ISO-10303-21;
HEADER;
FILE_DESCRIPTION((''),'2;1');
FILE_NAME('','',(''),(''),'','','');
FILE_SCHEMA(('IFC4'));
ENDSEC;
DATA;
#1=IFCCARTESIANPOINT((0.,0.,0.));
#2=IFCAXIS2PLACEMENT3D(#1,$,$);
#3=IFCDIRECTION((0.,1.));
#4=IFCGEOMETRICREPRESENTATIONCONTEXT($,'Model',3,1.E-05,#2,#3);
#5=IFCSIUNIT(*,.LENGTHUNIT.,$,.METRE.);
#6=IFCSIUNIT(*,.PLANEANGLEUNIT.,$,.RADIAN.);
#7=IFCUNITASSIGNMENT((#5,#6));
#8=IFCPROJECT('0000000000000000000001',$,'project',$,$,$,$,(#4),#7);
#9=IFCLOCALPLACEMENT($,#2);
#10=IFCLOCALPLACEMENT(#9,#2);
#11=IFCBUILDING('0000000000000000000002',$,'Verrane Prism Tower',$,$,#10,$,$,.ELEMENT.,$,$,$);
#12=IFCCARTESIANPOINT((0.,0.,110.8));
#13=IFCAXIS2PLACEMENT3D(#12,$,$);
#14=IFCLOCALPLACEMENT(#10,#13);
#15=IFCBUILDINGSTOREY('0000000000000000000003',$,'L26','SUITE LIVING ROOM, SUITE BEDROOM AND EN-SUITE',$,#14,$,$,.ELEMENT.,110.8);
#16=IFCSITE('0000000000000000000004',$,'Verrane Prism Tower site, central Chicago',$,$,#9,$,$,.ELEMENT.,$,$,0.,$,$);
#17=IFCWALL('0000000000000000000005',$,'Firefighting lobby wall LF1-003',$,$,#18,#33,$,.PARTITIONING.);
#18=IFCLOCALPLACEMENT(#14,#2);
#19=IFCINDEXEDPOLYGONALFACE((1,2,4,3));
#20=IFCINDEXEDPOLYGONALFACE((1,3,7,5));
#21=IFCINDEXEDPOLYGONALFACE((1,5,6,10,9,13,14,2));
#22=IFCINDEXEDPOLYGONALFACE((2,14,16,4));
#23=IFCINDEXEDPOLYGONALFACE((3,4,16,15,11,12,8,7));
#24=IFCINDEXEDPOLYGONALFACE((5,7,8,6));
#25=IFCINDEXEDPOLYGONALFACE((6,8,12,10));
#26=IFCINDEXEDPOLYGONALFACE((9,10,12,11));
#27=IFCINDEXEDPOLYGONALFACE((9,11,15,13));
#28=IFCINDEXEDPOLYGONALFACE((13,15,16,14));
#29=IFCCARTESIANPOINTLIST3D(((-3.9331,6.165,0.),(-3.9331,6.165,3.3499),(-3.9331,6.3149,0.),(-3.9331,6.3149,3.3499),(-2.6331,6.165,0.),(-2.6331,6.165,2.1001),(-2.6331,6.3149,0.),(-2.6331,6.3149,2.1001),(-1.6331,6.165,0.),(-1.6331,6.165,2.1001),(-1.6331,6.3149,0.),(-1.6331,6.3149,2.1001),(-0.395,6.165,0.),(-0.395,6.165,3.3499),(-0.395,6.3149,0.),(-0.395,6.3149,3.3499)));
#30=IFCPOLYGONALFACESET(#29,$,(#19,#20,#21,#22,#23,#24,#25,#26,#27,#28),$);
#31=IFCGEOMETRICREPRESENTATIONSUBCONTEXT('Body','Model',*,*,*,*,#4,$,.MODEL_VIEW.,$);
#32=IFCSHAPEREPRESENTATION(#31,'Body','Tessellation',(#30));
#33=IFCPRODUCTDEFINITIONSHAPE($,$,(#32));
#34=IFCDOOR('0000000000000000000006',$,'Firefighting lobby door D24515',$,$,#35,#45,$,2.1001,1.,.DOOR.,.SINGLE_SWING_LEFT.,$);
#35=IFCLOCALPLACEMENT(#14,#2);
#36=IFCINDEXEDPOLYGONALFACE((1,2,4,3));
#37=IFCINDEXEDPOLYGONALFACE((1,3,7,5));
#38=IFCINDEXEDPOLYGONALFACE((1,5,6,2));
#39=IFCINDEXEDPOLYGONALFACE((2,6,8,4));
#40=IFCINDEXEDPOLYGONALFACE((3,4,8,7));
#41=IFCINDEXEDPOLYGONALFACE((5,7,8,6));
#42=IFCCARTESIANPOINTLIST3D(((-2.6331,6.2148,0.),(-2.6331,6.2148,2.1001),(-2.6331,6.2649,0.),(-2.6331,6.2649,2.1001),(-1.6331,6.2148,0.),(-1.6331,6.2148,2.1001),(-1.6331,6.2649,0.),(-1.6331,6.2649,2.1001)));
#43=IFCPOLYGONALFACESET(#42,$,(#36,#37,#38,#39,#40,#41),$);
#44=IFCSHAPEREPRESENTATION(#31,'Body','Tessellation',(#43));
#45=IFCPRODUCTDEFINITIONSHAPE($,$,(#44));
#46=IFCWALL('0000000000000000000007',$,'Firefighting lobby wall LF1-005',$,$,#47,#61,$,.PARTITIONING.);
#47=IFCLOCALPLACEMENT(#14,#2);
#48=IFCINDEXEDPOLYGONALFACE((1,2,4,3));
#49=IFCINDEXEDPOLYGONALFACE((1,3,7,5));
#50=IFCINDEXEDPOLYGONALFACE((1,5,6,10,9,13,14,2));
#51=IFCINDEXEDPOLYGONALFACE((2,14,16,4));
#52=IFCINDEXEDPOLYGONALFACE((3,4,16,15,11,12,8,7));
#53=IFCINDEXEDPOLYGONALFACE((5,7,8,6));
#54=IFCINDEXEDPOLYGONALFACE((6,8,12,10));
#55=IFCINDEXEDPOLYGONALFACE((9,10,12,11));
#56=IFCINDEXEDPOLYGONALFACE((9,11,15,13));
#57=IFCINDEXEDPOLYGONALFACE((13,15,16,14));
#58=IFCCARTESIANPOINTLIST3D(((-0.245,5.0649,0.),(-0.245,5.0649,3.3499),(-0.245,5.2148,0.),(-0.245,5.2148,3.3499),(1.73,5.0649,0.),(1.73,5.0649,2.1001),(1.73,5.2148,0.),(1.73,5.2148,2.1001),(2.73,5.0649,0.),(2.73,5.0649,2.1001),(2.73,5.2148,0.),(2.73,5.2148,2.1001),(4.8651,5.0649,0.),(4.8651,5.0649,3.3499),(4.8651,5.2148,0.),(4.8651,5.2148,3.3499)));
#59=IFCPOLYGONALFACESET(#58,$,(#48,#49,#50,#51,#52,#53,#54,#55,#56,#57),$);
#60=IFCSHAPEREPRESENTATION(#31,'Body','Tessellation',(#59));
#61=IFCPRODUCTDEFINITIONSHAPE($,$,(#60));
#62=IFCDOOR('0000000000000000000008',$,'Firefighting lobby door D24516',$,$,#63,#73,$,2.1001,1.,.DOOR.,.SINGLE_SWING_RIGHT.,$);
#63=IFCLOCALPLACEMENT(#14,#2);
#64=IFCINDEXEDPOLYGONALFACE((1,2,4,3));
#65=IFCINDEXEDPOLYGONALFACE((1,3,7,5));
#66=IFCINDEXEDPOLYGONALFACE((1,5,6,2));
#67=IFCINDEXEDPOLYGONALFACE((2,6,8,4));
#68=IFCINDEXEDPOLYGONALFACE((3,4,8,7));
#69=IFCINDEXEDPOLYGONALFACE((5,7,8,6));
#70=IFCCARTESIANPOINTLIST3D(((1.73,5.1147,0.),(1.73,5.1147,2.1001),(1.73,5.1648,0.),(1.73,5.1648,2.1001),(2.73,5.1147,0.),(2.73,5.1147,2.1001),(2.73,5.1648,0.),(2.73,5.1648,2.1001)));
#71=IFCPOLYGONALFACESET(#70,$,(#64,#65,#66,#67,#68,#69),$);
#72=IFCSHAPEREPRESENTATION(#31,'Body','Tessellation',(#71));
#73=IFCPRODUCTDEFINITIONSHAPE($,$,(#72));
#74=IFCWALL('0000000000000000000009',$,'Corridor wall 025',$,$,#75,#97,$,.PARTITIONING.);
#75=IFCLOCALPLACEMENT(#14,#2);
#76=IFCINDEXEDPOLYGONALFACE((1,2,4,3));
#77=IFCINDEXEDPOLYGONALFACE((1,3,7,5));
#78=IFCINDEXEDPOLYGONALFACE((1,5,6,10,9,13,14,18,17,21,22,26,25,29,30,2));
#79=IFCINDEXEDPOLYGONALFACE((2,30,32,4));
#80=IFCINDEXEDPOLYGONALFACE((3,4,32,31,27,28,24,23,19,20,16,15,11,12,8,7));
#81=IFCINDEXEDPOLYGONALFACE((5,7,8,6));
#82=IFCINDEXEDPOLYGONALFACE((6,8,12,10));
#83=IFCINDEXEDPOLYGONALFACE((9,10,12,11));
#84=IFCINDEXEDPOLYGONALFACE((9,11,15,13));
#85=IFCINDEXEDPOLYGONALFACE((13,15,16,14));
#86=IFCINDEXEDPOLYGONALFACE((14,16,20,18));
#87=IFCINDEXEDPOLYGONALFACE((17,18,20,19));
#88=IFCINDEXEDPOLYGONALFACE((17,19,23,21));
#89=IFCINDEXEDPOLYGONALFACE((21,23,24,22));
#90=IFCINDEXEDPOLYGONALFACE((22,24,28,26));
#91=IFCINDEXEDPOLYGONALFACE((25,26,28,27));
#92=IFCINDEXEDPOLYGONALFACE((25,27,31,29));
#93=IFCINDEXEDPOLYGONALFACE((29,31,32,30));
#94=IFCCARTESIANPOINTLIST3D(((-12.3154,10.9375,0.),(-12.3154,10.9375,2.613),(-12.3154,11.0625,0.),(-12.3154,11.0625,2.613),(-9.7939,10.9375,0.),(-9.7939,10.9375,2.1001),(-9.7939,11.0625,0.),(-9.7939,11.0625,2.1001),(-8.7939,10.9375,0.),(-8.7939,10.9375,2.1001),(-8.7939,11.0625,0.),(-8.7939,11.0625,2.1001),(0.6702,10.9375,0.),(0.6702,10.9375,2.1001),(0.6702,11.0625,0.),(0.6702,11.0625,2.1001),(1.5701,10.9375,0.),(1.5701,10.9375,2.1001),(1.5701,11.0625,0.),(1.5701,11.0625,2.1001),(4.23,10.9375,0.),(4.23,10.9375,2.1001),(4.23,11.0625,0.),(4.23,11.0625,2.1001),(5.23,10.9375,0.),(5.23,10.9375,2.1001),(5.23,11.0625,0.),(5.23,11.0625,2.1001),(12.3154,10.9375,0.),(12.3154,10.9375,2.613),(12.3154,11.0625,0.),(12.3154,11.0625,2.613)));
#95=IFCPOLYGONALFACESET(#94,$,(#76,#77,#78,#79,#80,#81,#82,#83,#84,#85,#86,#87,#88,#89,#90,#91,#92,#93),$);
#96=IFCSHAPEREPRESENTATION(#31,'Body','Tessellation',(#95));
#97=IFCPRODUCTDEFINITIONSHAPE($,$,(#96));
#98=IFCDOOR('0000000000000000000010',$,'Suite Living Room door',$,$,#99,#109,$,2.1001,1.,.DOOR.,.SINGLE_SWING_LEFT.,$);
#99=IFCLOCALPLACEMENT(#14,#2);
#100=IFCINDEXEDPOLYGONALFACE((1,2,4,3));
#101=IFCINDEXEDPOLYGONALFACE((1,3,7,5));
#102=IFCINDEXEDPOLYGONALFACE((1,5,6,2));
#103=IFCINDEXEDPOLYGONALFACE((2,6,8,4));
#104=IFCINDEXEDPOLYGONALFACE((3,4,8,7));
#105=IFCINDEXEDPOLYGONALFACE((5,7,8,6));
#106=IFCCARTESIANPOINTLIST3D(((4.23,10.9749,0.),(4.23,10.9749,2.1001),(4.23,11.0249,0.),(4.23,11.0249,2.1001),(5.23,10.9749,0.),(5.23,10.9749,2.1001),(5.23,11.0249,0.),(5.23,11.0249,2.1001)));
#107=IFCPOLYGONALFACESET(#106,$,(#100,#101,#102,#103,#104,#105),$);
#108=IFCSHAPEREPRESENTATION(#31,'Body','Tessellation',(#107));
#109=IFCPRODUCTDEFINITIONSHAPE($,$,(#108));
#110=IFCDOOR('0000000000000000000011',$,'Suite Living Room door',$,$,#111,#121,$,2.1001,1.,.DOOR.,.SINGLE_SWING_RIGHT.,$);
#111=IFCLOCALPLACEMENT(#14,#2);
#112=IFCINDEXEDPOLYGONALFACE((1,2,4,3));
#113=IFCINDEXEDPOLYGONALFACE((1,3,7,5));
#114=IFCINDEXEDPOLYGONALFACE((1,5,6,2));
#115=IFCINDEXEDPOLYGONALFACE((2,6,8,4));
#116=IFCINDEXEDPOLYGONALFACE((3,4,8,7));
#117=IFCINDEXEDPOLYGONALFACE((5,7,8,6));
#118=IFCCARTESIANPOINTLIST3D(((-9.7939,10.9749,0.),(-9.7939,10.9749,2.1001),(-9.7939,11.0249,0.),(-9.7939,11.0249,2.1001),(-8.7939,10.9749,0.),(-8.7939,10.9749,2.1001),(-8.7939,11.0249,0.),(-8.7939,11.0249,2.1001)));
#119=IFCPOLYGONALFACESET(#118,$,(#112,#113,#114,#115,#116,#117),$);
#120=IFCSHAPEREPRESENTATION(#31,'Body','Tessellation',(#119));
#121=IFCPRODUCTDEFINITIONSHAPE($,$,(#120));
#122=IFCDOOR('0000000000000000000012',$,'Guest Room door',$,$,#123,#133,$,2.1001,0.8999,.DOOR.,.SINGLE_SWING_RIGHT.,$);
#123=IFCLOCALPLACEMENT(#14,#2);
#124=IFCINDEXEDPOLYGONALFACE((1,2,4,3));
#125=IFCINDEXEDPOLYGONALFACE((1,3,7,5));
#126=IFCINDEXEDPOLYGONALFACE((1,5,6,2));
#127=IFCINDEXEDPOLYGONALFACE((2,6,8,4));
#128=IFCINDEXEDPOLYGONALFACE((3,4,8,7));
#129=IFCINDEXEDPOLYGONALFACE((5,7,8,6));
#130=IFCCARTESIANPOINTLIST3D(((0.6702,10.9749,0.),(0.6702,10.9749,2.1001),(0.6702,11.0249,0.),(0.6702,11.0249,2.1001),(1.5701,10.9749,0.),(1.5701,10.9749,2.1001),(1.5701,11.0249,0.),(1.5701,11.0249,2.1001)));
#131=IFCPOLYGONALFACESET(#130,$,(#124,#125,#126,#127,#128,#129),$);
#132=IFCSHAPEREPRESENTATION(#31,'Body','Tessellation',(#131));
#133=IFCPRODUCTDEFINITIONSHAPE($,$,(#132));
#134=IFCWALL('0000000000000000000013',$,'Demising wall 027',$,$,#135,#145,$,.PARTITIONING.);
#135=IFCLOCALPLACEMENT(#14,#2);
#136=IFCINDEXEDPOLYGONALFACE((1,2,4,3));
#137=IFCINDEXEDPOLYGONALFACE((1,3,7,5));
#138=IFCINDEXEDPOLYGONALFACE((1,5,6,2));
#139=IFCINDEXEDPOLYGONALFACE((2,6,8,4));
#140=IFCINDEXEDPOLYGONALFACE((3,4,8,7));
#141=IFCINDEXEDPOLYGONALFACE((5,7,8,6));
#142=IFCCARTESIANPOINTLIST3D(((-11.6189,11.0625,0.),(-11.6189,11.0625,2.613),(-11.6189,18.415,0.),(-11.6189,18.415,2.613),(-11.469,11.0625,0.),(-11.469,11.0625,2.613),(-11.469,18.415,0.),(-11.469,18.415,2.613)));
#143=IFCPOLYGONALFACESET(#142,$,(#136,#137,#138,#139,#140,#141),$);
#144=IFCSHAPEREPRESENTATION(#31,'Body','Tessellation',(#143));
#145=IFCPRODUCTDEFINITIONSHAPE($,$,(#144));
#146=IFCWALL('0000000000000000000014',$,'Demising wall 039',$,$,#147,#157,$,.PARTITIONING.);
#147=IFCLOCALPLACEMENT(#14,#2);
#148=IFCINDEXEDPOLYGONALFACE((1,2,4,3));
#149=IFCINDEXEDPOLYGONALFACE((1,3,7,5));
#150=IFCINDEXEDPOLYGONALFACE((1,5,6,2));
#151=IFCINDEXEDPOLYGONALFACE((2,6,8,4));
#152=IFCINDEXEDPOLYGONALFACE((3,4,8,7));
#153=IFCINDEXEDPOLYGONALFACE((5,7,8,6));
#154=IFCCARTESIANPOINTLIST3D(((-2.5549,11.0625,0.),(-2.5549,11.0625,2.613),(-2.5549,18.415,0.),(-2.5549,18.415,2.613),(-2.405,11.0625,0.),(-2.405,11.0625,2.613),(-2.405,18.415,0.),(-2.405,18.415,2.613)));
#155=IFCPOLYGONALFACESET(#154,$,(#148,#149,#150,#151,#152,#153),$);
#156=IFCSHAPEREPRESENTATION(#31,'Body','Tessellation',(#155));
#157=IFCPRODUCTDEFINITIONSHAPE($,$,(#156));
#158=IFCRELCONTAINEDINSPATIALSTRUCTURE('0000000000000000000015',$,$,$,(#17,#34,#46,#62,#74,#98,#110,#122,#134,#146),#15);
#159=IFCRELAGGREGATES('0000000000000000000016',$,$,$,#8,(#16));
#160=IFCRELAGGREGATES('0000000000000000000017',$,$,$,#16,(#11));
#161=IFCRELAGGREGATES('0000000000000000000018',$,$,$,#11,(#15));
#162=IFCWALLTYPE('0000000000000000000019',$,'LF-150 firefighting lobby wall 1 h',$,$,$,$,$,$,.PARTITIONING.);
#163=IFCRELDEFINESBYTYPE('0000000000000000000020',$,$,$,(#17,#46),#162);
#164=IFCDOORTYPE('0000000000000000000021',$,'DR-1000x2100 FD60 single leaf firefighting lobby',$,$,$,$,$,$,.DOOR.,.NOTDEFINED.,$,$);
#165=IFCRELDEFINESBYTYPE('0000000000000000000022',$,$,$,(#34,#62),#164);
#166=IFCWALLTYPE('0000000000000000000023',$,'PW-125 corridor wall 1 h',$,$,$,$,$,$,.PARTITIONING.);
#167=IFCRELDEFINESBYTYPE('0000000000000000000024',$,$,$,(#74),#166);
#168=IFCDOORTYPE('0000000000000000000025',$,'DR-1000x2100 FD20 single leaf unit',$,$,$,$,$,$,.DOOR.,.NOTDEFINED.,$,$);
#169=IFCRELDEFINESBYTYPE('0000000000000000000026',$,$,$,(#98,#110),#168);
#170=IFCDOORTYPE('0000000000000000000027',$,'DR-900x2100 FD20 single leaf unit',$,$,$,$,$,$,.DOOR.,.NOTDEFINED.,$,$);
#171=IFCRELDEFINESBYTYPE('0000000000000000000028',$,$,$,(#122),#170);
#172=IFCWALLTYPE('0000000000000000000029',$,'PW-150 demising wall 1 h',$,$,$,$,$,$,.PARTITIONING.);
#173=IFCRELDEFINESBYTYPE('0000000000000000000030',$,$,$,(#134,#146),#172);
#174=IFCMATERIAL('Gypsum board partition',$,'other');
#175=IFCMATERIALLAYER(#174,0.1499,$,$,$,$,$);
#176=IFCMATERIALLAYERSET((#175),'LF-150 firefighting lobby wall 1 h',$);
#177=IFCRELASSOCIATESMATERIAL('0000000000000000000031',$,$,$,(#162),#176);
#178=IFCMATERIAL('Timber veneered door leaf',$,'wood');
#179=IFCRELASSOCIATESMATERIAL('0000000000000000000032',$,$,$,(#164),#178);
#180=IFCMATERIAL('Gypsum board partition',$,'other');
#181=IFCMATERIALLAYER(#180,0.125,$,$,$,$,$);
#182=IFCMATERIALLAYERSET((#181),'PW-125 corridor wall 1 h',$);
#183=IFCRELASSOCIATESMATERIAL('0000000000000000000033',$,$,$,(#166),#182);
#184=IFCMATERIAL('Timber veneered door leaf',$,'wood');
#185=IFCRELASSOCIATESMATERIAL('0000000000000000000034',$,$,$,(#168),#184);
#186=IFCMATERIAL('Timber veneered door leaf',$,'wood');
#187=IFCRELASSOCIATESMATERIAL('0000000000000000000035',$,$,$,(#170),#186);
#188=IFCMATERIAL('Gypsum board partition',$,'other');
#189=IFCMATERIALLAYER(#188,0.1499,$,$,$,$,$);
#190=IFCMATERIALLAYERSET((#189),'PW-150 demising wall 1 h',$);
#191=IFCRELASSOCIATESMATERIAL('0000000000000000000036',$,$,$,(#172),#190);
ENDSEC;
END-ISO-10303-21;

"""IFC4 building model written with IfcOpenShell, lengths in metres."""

from ifc_helpers import new_model, si_unit, direction, frame, frame_2d, origin, place, context, subcontext, project, spatial, rectangle, extrude, material, layer, layer_set, type_object, element, fill, save


model = new_model("IFC4")

# Units and contexts
model_context = context("Model", 3, precision=1e-05, world=origin(), true_north=direction((0.0, 1.0)))
body_context = subcontext(model_context, "Body", "Model", "MODEL_VIEW")
ifc_project = project(units=[si_unit("LENGTHUNIT", "METRE"), si_unit("PLANEANGLEUNIT", "RADIAN")], contexts=[model_context])

# Site, building, storey
site_placement = place(None, origin())
site = spatial("IfcSite", under=ifc_project, at=site_placement, Name="Verrane Prism Tower site, central Chicago", CompositionType="ELEMENT", RefElevation=0.0)
building_placement = place(site_placement, origin())
building = spatial("IfcBuilding", under=site, at=building_placement, Name="Verrane Prism Tower", CompositionType="ELEMENT")
storey_placement = place(building_placement, frame((0.0, 0.0, 110.8)))
storey = spatial("IfcBuildingStorey", under=building, at=storey_placement, Name="L26", Description="SUITE LIVING ROOM, SUITE BEDROOM AND EN-SUITE", CompositionType="ELEMENT", Elevation=110.8)

# Walls, openings, doors
ifc_material_1 = material(Name="Gypsum board partition", Category="other")
ifc_layer_1 = layer(ifc_material_1, 0.1499)
ifc_layer_set_1 = layer_set([ifc_layer_1], Name="LF-150 firefighting lobby wall 1 h")
wall_type_1 = type_object("IfcWallType", Name="LF-150 firefighting lobby wall 1 h", PredefinedType="PARTITIONING", material=ifc_layer_set_1)
wall_1_placement = place(storey_placement, frame((-3.9331, 6.24, 0.0), z_axis=(0.0, 0.0, 1.0), x_axis=(1.0, 0.0, 0.0)))
wall_1 = element("IfcWall", 1, at=wall_1_placement, inside=storey, type_object=wall_type_1, Name="Firefighting lobby wall LF1-003", PredefinedType="PARTITIONING", context=body_context, shape_type="SweptSolid", body=[
    extrude(rectangle(XDim=3.5381, YDim=0.1499, at=frame_2d((1.769, 0.0))), origin(), (0.0, 0.0, 1.0), 3.3499),
])
opening_1_placement = place(wall_1_placement, frame((1.3, 0.0, 0.0)))
opening_1 = element("IfcOpeningElement", 2, at=opening_1_placement, cuts=wall_1, PredefinedType="OPENING", context=body_context, shape_type="SweptSolid", body=[
    extrude(rectangle(XDim=1.0, YDim=2.1001, at=frame_2d((0.5, 1.05))), frame((0.0, 0.085, 0.0), z_axis=(0.0, -1.0, 0.0), x_axis=(1.0, 0.0, 0.0)), (0.0, 0.0, 1.0), 0.1699),
])
ifc_material_2 = material(Name="Timber veneered door leaf", Category="wood")
door_type_1 = type_object("IfcDoorType", Name="DR-1000x2100 FD60 single leaf firefighting lobby", OperationType="NOTDEFINED", PredefinedType="DOOR", material=ifc_material_2)
door_1_placement = place(opening_1_placement, origin())
door_1 = element("IfcDoor", 3, at=door_1_placement, inside=storey, type_object=door_type_1, Name="Firefighting lobby door D24515", OperationType="SINGLE_SWING_LEFT", OverallHeight=2.1001, OverallWidth=1.0, PredefinedType="DOOR", context=body_context, shape_type="SweptSolid", body=[
    extrude(rectangle(XDim=1.0, YDim=2.1001, at=frame_2d((0.5, 1.05))), frame((0.0, 0.0249, 0.0), z_axis=(0.0, -1.0, 0.0), x_axis=(1.0, 0.0, 0.0)), (0.0, 0.0, 1.0), 0.05),
])
fill(opening_1, door_1)
wall_2_placement = place(storey_placement, frame((-0.2451, 5.1399, 0.0), z_axis=(0.0, 0.0, 1.0), x_axis=(1.0, 0.0, 0.0)))
wall_2 = element("IfcWall", 4, at=wall_2_placement, inside=storey, type_object=wall_type_1, Name="Firefighting lobby wall LF1-005", PredefinedType="PARTITIONING", context=body_context, shape_type="SweptSolid", body=[
    extrude(rectangle(XDim=5.1101, YDim=0.1499, at=frame_2d((2.5552, 0.0))), origin(), (0.0, 0.0, 1.0), 3.3499),
])
opening_2_placement = place(wall_2_placement, frame((1.9751, 0.0, 0.0)))
opening_2 = element("IfcOpeningElement", 5, at=opening_2_placement, cuts=wall_2, PredefinedType="OPENING", context=body_context, shape_type="SweptSolid", body=[
    extrude(rectangle(XDim=1.0, YDim=2.1001, at=frame_2d((0.5, 1.05))), frame((0.0, 0.085, 0.0), z_axis=(0.0, -1.0, 0.0), x_axis=(1.0, 0.0, 0.0)), (0.0, 0.0, 1.0), 0.1699),
])
door_2_placement = place(opening_2_placement, origin())
door_2 = element("IfcDoor", 6, at=door_2_placement, inside=storey, type_object=door_type_1, Name="Firefighting lobby door D24516", OperationType="SINGLE_SWING_RIGHT", OverallHeight=2.1001, OverallWidth=1.0, PredefinedType="DOOR", context=body_context, shape_type="SweptSolid", body=[
    extrude(rectangle(XDim=1.0, YDim=2.1001, at=frame_2d((0.5, 1.05))), frame((0.0, 0.0249, 0.0), z_axis=(0.0, -1.0, 0.0), x_axis=(1.0, 0.0, 0.0)), (0.0, 0.0, 1.0), 0.05),
])
fill(opening_2, door_2)

# Wall, openings, doors
ifc_material_3 = material(Name="Gypsum board partition", Category="other")
ifc_layer_2 = layer(ifc_material_3, 0.125)
ifc_layer_set_2 = layer_set([ifc_layer_2], Name="PW-125 corridor wall 1 h")
wall_type_2 = type_object("IfcWallType", Name="PW-125 corridor wall 1 h", PredefinedType="PARTITIONING", material=ifc_layer_set_2)
wall_3_placement = place(storey_placement, frame((-12.3154, 11.0, 0.0), z_axis=(0.0, 0.0, 1.0), x_axis=(1.0, 0.0, 0.0)))
wall_3 = element("IfcWall", 7, at=wall_3_placement, inside=storey, type_object=wall_type_2, Name="Corridor wall 025", PredefinedType="PARTITIONING", context=body_context, shape_type="SweptSolid", body=[
    extrude(rectangle(XDim=24.6309, YDim=0.125, at=frame_2d((12.3154, 0.0))), origin(), (0.0, 0.0, 1.0), 2.613),
])
opening_3_placement = place(wall_3_placement, frame((16.5454, 0.0, 0.0)))
opening_3 = element("IfcOpeningElement", 8, at=opening_3_placement, cuts=wall_3, PredefinedType="OPENING", context=body_context, shape_type="SweptSolid", body=[
    extrude(rectangle(XDim=1.0, YDim=2.1001, at=frame_2d((0.5, 1.05))), frame((0.0, 0.0725, 0.0), z_axis=(0.0, -1.0, 0.0), x_axis=(1.0, 0.0, 0.0)), (0.0, 0.0, 1.0), 0.145),
])
opening_4_placement = place(wall_3_placement, frame((12.9856, 0.0, 0.0)))
opening_4 = element("IfcOpeningElement", 9, at=opening_4_placement, cuts=wall_3, PredefinedType="OPENING", context=body_context, shape_type="SweptSolid", body=[
    extrude(rectangle(XDim=0.8999, YDim=2.1001, at=frame_2d((0.45, 1.05))), frame((0.0, 0.0725, 0.0), z_axis=(0.0, -1.0, 0.0), x_axis=(1.0, 0.0, 0.0)), (0.0, 0.0, 1.0), 0.145),
])
opening_5_placement = place(wall_3_placement, frame((2.5215, 0.0, 0.0)))
opening_5 = element("IfcOpeningElement", 10, at=opening_5_placement, cuts=wall_3, PredefinedType="OPENING", context=body_context, shape_type="SweptSolid", body=[
    extrude(rectangle(XDim=1.0, YDim=2.1001, at=frame_2d((0.5, 1.05))), frame((0.0, 0.0725, 0.0), z_axis=(0.0, -1.0, 0.0), x_axis=(1.0, 0.0, 0.0)), (0.0, 0.0, 1.0), 0.145),
])
ifc_material_4 = material(Name="Timber veneered door leaf", Category="wood")
door_type_2 = type_object("IfcDoorType", Name="DR-1000x2100 FD20 single leaf unit", OperationType="NOTDEFINED", PredefinedType="DOOR", material=ifc_material_4)
door_3_placement = place(opening_3_placement, origin())
door_3 = element("IfcDoor", 11, at=door_3_placement, inside=storey, type_object=door_type_2, Name="Suite Living Room door", OperationType="SINGLE_SWING_LEFT", OverallHeight=2.1001, OverallWidth=1.0, PredefinedType="DOOR", context=body_context, shape_type="SweptSolid", body=[
    extrude(rectangle(XDim=1.0, YDim=2.1001, at=frame_2d((0.5, 1.05))), frame((0.0, 0.0249, 0.0), z_axis=(0.0, -1.0, 0.0), x_axis=(1.0, 0.0, 0.0)), (0.0, 0.0, 1.0), 0.05),
])
fill(opening_3, door_3)
door_4_placement = place(opening_5_placement, origin())
door_4 = element("IfcDoor", 12, at=door_4_placement, inside=storey, type_object=door_type_2, Name="Suite Living Room door", OperationType="SINGLE_SWING_RIGHT", OverallHeight=2.1001, OverallWidth=1.0, PredefinedType="DOOR", context=body_context, shape_type="SweptSolid", body=[
    extrude(rectangle(XDim=1.0, YDim=2.1001, at=frame_2d((0.5, 1.05))), frame((0.0, 0.0249, 0.0), z_axis=(0.0, -1.0, 0.0), x_axis=(1.0, 0.0, 0.0)), (0.0, 0.0, 1.0), 0.05),
])
fill(opening_5, door_4)
ifc_material_5 = material(Name="Timber veneered door leaf", Category="wood")
door_type_3 = type_object("IfcDoorType", Name="DR-900x2100 FD20 single leaf unit", OperationType="NOTDEFINED", PredefinedType="DOOR", material=ifc_material_5)
door_5_placement = place(opening_4_placement, origin())
door_5 = element("IfcDoor", 13, at=door_5_placement, inside=storey, type_object=door_type_3, Name="Guest Room door", OperationType="SINGLE_SWING_RIGHT", OverallHeight=2.1001, OverallWidth=0.8999, PredefinedType="DOOR", context=body_context, shape_type="SweptSolid", body=[
    extrude(rectangle(XDim=0.8999, YDim=2.1001, at=frame_2d((0.45, 1.05))), frame((0.0, 0.0249, 0.0), z_axis=(0.0, -1.0, 0.0), x_axis=(1.0, 0.0, 0.0)), (0.0, 0.0, 1.0), 0.05),
])
fill(opening_4, door_5)

# Walls
ifc_material_6 = material(Name="Gypsum board partition", Category="other")
ifc_layer_3 = layer(ifc_material_6, 0.1499)
ifc_layer_set_3 = layer_set([ifc_layer_3], Name="PW-150 demising wall 1 h")
wall_type_3 = type_object("IfcWallType", Name="PW-150 demising wall 1 h", PredefinedType="PARTITIONING", material=ifc_layer_set_3)
for number, where, z_axis, x_axis, name in (
    (14, (-11.5439, 11.0625, 0.0), (0.0, 0.0, 1.0), (0.0, 1.0, 0.0), "Demising wall 027"),
    (15, (-2.48, 11.0625, 0.0), (0.0, 0.0, 1.0), (0.0, 1.0, 0.0), "Demising wall 039"),
):
    element("IfcWall", number, at=place(storey_placement, frame(where, z_axis=z_axis, x_axis=x_axis)), inside=storey, type_object=wall_type_3, Name=name, PredefinedType="PARTITIONING", context=body_context, shape_type="SweptSolid", body=[
        extrude(rectangle(XDim=7.3525, YDim=0.1499, at=frame_2d((3.6763, 0.0))), origin(), (0.0, 0.0, 1.0), 2.613),
    ])

save(model, "model.ifc")
